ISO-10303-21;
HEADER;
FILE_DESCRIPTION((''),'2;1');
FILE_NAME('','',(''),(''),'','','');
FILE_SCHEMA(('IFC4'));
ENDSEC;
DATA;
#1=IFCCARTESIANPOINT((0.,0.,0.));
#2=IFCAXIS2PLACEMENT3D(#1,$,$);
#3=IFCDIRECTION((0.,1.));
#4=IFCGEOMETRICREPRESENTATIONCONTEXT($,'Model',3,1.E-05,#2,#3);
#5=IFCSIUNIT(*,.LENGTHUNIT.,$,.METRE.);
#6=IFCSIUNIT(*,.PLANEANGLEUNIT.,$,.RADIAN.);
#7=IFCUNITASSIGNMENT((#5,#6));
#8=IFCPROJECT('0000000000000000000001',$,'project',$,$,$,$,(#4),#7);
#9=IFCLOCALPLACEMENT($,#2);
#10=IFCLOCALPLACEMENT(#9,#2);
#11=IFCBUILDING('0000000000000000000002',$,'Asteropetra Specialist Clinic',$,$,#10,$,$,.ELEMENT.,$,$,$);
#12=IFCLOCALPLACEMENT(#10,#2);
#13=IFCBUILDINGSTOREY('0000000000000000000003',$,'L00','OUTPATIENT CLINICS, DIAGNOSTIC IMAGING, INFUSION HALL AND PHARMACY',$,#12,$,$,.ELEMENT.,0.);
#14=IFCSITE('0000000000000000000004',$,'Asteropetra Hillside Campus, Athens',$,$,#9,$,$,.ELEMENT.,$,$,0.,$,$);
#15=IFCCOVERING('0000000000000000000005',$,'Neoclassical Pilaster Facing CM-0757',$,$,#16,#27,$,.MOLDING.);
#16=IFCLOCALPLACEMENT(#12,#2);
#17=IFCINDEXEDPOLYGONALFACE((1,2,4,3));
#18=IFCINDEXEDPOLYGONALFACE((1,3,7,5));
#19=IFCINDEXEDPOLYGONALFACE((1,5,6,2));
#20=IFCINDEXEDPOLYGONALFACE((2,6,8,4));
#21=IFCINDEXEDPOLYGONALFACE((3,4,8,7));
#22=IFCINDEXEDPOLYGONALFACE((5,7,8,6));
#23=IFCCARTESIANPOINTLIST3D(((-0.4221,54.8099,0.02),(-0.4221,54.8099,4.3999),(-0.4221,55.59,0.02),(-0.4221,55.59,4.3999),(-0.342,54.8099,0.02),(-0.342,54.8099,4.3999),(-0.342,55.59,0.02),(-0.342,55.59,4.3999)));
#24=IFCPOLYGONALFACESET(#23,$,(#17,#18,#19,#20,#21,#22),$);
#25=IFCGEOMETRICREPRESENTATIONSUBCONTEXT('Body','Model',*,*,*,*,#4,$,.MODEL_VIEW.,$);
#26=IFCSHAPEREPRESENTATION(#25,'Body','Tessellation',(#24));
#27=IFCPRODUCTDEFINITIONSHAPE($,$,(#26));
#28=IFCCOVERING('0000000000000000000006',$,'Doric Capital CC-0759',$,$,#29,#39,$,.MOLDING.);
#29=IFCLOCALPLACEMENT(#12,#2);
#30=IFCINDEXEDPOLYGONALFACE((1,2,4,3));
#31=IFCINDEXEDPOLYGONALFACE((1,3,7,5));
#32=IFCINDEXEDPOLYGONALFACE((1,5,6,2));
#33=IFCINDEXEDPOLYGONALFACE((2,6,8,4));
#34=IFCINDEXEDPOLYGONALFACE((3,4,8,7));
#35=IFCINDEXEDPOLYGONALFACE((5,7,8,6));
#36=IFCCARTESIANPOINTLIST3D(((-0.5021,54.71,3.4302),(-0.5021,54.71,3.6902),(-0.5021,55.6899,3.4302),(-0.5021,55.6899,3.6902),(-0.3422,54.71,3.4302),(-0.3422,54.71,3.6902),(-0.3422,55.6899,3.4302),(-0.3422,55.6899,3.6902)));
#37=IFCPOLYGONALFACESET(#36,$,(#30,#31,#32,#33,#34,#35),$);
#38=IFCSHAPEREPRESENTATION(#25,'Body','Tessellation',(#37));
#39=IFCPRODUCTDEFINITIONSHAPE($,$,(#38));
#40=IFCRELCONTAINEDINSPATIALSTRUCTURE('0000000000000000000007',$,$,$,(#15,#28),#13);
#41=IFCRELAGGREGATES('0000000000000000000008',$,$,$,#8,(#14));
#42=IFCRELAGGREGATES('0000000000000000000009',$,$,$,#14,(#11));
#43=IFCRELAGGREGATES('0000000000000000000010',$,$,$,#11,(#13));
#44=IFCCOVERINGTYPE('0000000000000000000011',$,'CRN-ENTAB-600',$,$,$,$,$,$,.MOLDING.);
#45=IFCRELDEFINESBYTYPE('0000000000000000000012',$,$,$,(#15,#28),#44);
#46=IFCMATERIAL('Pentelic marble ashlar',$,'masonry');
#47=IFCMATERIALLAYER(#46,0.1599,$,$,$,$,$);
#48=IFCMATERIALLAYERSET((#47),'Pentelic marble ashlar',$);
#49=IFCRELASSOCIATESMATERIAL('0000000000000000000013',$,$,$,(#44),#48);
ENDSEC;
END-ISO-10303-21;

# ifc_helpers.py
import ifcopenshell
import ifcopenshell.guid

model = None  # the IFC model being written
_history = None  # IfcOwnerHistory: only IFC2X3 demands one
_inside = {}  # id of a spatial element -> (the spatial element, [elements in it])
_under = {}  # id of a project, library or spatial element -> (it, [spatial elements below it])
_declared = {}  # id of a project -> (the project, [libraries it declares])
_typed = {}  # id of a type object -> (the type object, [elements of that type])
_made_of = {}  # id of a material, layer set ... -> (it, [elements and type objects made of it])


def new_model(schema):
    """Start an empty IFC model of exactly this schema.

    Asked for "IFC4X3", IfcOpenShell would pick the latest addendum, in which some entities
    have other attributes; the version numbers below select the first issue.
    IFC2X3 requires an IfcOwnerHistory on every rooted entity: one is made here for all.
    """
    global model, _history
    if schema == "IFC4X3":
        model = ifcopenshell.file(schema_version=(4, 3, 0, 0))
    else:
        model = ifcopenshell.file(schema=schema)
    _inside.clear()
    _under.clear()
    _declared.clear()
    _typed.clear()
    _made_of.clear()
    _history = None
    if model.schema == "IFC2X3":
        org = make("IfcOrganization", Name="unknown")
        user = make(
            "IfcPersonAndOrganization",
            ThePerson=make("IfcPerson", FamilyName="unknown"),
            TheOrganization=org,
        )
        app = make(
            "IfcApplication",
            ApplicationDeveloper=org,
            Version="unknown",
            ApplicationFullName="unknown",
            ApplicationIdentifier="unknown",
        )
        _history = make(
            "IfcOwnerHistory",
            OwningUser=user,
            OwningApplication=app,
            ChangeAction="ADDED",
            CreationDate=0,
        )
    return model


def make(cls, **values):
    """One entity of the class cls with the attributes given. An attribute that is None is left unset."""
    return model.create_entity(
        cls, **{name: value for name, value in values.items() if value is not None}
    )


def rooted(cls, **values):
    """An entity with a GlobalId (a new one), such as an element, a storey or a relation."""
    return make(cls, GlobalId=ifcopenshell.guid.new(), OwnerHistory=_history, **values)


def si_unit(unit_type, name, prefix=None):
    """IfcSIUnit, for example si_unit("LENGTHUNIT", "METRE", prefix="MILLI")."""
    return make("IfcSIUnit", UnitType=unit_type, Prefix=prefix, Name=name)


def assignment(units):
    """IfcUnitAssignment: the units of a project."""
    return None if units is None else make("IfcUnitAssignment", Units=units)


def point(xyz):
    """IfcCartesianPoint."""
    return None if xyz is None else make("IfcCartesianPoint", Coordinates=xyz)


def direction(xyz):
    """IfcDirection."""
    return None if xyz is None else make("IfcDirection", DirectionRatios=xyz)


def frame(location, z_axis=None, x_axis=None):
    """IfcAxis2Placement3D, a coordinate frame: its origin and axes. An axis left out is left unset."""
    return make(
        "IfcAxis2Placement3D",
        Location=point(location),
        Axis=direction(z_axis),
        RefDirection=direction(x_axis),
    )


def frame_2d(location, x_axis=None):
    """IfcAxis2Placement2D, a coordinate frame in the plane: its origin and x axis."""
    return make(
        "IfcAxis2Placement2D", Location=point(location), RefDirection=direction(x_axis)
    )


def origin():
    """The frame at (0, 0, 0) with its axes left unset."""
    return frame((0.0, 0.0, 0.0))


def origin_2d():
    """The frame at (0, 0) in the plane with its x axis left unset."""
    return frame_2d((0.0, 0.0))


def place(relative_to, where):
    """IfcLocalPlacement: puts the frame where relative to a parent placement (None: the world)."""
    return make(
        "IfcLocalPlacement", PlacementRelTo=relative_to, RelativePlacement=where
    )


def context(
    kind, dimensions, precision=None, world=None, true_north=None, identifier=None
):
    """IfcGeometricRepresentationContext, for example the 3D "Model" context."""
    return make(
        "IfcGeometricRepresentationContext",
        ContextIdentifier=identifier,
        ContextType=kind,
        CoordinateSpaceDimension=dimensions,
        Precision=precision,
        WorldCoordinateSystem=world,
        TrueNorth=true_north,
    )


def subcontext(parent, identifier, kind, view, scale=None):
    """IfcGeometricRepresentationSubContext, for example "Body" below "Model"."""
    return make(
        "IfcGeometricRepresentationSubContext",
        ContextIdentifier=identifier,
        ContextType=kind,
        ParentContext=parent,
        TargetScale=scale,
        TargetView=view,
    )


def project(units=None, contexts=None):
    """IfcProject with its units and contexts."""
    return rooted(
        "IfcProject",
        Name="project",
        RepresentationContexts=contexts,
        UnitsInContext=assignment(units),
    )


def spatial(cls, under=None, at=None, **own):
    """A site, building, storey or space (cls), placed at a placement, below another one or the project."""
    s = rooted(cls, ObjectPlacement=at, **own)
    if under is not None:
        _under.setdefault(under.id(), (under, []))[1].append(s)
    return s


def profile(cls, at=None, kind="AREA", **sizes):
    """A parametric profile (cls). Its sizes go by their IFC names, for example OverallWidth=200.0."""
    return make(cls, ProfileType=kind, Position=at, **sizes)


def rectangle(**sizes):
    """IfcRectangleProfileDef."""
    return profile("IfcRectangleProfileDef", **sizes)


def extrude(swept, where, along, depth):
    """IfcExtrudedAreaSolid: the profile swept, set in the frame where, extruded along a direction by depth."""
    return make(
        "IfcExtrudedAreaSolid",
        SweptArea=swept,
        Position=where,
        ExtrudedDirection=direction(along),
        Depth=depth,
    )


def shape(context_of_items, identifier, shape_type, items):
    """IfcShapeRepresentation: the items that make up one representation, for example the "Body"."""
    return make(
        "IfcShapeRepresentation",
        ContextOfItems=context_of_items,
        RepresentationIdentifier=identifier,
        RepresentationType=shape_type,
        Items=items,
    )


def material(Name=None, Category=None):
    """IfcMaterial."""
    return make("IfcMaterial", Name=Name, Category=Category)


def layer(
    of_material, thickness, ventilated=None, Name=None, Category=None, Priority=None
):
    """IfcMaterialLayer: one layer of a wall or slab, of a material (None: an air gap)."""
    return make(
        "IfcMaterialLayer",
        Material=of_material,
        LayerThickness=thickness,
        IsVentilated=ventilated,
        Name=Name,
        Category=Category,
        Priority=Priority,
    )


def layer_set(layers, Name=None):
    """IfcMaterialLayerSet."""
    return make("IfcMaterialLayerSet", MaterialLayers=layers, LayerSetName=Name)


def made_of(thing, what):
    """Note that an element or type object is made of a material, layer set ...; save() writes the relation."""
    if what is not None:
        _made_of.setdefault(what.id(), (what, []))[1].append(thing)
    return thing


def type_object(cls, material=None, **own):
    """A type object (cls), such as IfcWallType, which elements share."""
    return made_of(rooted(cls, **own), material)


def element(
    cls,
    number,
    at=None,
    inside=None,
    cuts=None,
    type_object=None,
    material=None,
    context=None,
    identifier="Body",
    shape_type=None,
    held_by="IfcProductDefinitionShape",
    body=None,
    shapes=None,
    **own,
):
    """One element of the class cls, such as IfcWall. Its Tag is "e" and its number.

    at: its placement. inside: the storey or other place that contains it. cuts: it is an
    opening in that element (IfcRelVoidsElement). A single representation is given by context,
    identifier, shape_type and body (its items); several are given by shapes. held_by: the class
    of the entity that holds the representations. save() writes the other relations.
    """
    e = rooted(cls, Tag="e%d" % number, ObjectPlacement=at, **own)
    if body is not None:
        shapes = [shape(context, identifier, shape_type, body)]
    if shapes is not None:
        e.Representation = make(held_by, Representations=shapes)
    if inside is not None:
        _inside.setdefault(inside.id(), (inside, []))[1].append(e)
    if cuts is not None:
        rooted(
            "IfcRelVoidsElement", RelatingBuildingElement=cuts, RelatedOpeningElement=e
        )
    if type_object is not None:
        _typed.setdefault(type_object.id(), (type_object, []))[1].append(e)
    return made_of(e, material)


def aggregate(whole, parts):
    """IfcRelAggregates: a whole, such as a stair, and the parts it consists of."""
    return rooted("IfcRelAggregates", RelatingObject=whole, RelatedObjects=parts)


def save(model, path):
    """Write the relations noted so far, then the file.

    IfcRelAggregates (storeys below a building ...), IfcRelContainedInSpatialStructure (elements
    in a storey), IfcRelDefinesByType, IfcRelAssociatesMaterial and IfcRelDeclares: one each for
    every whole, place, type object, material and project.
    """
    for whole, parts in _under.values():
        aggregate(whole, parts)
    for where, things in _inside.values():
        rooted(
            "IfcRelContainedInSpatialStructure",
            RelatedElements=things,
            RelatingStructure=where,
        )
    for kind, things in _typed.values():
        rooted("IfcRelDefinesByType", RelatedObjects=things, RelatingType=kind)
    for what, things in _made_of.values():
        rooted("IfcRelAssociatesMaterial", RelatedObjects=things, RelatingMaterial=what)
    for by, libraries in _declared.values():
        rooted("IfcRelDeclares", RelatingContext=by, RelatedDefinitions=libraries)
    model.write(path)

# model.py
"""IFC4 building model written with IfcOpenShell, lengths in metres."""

from ifc_helpers import new_model, si_unit, direction, frame, origin, origin_2d, place, context, subcontext, project, spatial, rectangle, extrude, material, layer, layer_set, type_object, element, save


model = new_model("IFC4")

# Units and contexts
model_context = context("Model", 3, precision=1e-05, world=origin(), true_north=direction((0.0, 1.0)))
body_context = subcontext(model_context, "Body", "Model", "MODEL_VIEW")
ifc_project = project(units=[si_unit("LENGTHUNIT", "METRE"), si_unit("PLANEANGLEUNIT", "RADIAN")], contexts=[model_context])

# Site, building, storey
site_placement = place(None, origin())
site = spatial("IfcSite", under=ifc_project, at=site_placement, Name="Asteropetra Hillside Campus, Athens", CompositionType="ELEMENT", RefElevation=0.0)
building_placement = place(site_placement, origin())
building = spatial("IfcBuilding", under=site, at=building_placement, Name="Asteropetra Specialist Clinic", CompositionType="ELEMENT")
storey_placement = place(building_placement, origin())
storey = spatial("IfcBuildingStorey", under=building, at=storey_placement, Name="L00", Description="OUTPATIENT CLINICS, DIAGNOSTIC IMAGING, INFUSION HALL AND PHARMACY", CompositionType="ELEMENT", Elevation=0.0)

# Coverings
ifc_material_1 = material(Name="Pentelic marble ashlar", Category="masonry")
ifc_layer_1 = layer(ifc_material_1, 0.1599)
ifc_layer_set_1 = layer_set([ifc_layer_1], Name="Pentelic marble ashlar")
covering_type = type_object("IfcCoveringType", Name="CRN-ENTAB-600", PredefinedType="MOLDING", material=ifc_layer_set_1)
covering_1_placement = place(storey_placement, frame((-0.3821, 55.2, 0.02), z_axis=(0.0, 0.0, 1.0), x_axis=(1.0, 0.0, 0.0)))
element("IfcCovering", 1, at=covering_1_placement, inside=storey, type_object=covering_type, Name="Neoclassical Pilaster Facing CM-0757", PredefinedType="MOLDING", context=body_context, shape_type="SweptSolid", body=[
    extrude(rectangle(XDim=0.0801, YDim=0.78, at=origin_2d()), origin(), (0.0, 0.0, 1.0), 4.3799),
])
covering_2_placement = place(storey_placement, frame((-0.4221, 55.2, 3.4302), z_axis=(0.0, 0.0, 1.0), x_axis=(1.0, 0.0, 0.0)))
element("IfcCovering", 2, at=covering_2_placement, inside=storey, type_object=covering_type, Name="Doric Capital CC-0759", PredefinedType="MOLDING", context=body_context, shape_type="SweptSolid", body=[
    extrude(rectangle(XDim=0.1599, YDim=0.98, at=origin_2d()), origin(), (0.0, 0.0, 1.0), 0.26),
])

save(model, "model.ifc")
